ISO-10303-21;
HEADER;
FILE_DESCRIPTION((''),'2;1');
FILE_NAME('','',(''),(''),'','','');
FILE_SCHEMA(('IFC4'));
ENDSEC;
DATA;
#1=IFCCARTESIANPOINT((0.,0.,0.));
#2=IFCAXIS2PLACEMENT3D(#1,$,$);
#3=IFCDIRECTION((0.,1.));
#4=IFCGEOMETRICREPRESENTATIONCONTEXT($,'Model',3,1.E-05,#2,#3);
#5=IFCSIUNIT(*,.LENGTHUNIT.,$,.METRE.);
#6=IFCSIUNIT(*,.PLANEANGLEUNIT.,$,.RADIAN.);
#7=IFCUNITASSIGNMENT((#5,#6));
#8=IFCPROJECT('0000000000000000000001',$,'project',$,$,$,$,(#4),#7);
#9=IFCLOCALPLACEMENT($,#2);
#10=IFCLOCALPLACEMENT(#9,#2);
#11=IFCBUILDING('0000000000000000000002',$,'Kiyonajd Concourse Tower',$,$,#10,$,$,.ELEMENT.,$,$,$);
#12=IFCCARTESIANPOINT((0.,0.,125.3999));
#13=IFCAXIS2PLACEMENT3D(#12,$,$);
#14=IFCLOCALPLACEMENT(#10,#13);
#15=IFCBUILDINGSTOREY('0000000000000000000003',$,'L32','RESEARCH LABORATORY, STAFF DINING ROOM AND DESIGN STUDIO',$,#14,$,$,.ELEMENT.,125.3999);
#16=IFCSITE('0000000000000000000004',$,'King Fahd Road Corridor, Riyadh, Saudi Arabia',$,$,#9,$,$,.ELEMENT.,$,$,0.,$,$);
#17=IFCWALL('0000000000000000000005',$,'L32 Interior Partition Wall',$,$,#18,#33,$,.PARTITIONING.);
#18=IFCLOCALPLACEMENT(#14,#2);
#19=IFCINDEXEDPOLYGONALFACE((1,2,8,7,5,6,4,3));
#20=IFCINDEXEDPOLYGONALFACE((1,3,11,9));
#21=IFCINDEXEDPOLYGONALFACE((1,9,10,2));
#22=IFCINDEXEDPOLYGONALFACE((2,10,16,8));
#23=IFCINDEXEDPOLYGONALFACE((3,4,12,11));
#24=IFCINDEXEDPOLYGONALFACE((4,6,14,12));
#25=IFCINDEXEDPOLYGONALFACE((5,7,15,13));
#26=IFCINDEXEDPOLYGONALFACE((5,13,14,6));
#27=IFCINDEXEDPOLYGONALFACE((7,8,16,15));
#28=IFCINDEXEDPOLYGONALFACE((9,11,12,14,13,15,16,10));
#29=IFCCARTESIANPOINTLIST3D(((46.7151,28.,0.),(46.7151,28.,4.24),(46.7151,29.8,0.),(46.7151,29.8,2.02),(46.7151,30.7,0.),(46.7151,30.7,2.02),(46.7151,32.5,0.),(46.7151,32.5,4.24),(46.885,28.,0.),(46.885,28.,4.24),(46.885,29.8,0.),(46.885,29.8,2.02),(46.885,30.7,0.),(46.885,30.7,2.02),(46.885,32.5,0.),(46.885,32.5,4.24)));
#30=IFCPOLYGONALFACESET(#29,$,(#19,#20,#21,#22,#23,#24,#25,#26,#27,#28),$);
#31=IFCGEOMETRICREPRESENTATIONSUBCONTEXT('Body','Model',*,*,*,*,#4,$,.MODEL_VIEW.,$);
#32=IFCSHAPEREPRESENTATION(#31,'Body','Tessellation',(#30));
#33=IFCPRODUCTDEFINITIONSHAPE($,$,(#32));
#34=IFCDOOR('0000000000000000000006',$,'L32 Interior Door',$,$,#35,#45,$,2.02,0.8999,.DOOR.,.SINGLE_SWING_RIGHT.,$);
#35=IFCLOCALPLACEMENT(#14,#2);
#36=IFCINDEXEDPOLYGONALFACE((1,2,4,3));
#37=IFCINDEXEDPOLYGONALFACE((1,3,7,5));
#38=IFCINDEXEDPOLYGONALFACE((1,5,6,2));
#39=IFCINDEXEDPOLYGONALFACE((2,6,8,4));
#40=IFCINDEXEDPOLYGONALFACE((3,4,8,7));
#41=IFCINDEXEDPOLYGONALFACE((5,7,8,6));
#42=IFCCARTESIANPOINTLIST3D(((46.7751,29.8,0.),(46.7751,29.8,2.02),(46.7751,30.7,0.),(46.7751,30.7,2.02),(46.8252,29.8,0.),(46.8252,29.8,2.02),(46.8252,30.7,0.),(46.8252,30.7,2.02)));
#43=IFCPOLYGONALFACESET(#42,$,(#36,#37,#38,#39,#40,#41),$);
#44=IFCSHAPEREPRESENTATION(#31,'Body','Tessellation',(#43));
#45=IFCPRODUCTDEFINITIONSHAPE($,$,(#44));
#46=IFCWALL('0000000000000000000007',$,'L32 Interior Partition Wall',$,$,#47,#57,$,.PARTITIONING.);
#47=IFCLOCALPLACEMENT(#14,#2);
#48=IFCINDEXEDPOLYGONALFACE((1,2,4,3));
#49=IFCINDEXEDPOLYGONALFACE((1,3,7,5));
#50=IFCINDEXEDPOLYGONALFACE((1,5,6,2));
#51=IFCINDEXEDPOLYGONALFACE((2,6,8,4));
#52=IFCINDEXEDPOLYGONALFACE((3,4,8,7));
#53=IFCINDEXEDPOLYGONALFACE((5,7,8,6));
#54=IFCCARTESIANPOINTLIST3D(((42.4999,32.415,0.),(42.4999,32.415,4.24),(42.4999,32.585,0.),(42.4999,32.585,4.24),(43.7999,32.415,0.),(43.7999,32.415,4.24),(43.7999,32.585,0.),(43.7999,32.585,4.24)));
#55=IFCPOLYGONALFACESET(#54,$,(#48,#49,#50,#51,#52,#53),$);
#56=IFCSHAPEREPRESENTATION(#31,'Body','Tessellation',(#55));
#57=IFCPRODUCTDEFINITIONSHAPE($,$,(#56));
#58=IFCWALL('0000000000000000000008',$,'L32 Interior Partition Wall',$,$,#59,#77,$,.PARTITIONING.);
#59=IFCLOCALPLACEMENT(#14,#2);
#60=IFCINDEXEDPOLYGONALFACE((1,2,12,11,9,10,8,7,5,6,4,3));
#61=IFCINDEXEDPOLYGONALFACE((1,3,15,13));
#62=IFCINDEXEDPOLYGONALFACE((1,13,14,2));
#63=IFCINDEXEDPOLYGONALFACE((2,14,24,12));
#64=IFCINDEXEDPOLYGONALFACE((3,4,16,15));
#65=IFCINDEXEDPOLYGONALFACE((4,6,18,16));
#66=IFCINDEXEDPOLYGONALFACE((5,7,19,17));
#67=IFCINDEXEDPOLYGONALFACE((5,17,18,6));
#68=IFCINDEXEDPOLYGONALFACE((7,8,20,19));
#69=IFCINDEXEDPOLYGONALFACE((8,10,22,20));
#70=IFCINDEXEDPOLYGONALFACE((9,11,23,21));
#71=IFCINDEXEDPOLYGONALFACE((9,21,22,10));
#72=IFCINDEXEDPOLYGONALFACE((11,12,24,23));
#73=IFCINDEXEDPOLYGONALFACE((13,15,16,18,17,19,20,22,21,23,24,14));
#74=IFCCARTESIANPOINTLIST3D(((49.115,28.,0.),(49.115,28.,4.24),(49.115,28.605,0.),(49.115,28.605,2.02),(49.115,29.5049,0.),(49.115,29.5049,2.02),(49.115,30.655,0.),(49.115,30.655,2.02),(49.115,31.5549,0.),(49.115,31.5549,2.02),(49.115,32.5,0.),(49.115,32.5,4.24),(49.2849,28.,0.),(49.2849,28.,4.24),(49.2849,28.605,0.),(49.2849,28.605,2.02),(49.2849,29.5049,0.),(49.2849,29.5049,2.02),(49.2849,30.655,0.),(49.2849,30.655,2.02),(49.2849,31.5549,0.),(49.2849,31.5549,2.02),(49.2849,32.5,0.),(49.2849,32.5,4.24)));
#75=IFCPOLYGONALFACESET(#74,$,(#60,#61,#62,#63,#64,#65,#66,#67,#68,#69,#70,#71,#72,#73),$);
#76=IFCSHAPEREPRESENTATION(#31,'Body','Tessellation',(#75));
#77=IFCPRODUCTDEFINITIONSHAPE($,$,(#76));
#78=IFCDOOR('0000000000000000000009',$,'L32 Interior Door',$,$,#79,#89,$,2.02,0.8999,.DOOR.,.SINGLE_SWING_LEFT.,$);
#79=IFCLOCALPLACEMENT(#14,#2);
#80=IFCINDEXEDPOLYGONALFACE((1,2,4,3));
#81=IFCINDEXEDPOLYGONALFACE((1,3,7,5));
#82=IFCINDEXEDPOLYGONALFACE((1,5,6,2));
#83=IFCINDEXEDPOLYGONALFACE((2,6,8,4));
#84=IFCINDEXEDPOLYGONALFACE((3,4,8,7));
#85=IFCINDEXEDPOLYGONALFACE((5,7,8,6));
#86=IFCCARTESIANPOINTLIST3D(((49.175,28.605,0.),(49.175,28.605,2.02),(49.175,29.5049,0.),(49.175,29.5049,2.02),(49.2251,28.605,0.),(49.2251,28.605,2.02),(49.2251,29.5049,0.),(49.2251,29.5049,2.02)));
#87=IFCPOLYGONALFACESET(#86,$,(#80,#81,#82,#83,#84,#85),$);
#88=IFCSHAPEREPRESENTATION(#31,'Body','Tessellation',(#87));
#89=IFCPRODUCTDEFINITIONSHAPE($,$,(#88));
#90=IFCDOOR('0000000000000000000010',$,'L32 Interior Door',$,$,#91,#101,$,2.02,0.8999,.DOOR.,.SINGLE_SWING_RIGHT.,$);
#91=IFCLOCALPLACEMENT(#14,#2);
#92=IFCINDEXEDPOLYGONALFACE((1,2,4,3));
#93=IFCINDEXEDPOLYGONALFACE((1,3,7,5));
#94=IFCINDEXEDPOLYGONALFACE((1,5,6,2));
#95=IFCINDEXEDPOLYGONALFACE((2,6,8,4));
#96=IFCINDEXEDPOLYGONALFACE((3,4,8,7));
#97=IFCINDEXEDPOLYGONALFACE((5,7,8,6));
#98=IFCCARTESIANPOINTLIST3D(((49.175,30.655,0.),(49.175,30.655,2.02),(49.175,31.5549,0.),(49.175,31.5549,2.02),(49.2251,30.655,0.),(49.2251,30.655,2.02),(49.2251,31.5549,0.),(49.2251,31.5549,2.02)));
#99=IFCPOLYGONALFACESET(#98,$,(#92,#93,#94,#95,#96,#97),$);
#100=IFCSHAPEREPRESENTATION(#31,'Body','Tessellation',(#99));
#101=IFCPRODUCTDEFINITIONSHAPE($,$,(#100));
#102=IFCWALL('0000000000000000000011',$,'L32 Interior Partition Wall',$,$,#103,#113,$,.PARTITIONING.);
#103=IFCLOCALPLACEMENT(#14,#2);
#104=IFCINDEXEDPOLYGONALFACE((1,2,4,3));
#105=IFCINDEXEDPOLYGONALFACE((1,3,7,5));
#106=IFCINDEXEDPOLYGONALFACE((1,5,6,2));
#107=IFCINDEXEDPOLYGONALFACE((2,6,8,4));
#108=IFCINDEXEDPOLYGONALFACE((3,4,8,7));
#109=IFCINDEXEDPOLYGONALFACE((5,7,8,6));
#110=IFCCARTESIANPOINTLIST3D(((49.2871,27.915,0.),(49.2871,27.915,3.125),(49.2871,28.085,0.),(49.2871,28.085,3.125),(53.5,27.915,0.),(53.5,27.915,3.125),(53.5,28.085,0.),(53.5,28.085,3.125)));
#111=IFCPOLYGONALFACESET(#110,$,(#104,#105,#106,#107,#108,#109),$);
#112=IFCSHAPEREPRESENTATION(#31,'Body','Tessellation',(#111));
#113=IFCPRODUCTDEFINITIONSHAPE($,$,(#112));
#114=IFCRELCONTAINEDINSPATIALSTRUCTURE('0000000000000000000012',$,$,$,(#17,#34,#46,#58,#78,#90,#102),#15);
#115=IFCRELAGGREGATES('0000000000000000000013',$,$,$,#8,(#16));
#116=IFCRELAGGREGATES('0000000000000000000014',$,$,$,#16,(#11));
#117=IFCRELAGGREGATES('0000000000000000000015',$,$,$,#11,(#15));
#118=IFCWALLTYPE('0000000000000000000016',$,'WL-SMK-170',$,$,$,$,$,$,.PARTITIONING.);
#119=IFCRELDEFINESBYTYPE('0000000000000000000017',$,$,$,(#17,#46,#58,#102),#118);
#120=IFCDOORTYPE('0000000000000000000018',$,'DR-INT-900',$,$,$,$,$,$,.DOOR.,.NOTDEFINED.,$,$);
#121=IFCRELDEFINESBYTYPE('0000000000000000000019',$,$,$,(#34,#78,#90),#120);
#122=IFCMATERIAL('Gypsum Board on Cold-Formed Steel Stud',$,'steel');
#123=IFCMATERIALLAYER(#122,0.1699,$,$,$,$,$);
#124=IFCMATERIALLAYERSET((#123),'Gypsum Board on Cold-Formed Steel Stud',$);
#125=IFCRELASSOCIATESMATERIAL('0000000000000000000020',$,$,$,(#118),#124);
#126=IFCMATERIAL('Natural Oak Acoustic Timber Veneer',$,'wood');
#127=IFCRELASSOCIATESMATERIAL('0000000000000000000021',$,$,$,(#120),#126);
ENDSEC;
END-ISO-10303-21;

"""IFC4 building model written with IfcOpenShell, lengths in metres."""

from ifc_helpers import new_model, si_unit, direction, frame, frame_2d, origin, place, context, subcontext, project, spatial, rectangle, extrude, material, layer, layer_set, type_object, element, fill, save


model = new_model("IFC4")

# Units and contexts
model_context = context("Model", 3, precision=1e-05, world=origin(), true_north=direction((0.0, 1.0)))
body_context = subcontext(model_context, "Body", "Model", "MODEL_VIEW")
ifc_project = project(units=[si_unit("LENGTHUNIT", "METRE"), si_unit("PLANEANGLEUNIT", "RADIAN")], contexts=[model_context])

# Site, building, storey
site_placement = place(None, origin())
site = spatial("IfcSite", under=ifc_project, at=site_placement, Name="King Fahd Road Corridor, Riyadh, Saudi Arabia", CompositionType="ELEMENT", RefElevation=0.0)
building_placement = place(site_placement, origin())
building = spatial("IfcBuilding", under=site, at=building_placement, Name="Kiyonajd Concourse Tower", CompositionType="ELEMENT")
storey_placement = place(building_placement, frame((0.0, 0.0, 125.3999)))
storey = spatial("IfcBuildingStorey", under=building, at=storey_placement, Name="L32", Description="RESEARCH LABORATORY, STAFF DINING ROOM AND DESIGN STUDIO", CompositionType="ELEMENT", Elevation=125.3999)

# Shared definitions
ifc_material_1 = material(Name="Gypsum Board on Cold-Formed Steel Stud", Category="steel")

# Shared definitions
ifc_layer_1 = layer(ifc_material_1, 0.1699)
ifc_layer_set_1 = layer_set([ifc_layer_1], Name="Gypsum Board on Cold-Formed Steel Stud")
wall_type_1 = type_object("IfcWallType", Name="WL-SMK-170", PredefinedType="PARTITIONING", material=ifc_layer_set_1)
ifc_material_2 = material(Name="Natural Oak Acoustic Timber Veneer", Category="wood")
door_type = type_object("IfcDoorType", Name="DR-INT-900", OperationType="NOTDEFINED", PredefinedType="DOOR", material=ifc_material_2)

# Wall, opening, door
wall_1_placement = place(storey_placement, frame((46.8, 28.0, 0.0), z_axis=(0.0, 0.0, 1.0), x_axis=(0.0, 1.0, 0.0)))
wall_1 = element("IfcWall", 1, at=wall_1_placement, inside=storey, type_object=wall_type_1, Name="L32 Interior Partition Wall", PredefinedType="PARTITIONING", context=body_context, shape_type="SweptSolid", body=[
    extrude(rectangle(XDim=4.5, YDim=0.1699, at=frame_2d((2.25, 0.0))), origin(), (0.0, 0.0, 1.0), 4.24),
])
opening_1_placement = place(wall_1_placement, frame((1.8, 0.0, 0.0)))
opening_1 = element("IfcOpeningElement", 2, at=opening_1_placement, cuts=wall_1, PredefinedType="OPENING", context=body_context, shape_type="SweptSolid", body=[
    extrude(rectangle(XDim=0.8999, YDim=2.02, at=frame_2d((0.45, 1.01))), frame((0.0, 0.095, 0.0), z_axis=(0.0, -1.0, 0.0), x_axis=(1.0, 0.0, 0.0)), (0.0, 0.0, 1.0), 0.1899),
])
door_1_placement = place(opening_1_placement, origin())
door_1 = element("IfcDoor", 3, at=door_1_placement, inside=storey, type_object=door_type, Name="L32 Interior Door", OperationType="SINGLE_SWING_RIGHT", OverallHeight=2.02, OverallWidth=0.8999, PredefinedType="DOOR", context=body_context, shape_type="SweptSolid", body=[
    extrude(rectangle(XDim=0.8999, YDim=2.02, at=frame_2d((0.45, 1.01))), frame((0.0, 0.0249, 0.0), z_axis=(0.0, -1.0, 0.0), x_axis=(1.0, 0.0, 0.0)), (0.0, 0.0, 1.0), 0.05),
])
fill(opening_1, door_1)

# Wall
wall_2_placement = place(storey_placement, frame((42.5, 32.5, 0.0), z_axis=(0.0, 0.0, 1.0), x_axis=(1.0, 0.0, 0.0)))
element("IfcWall", 4, at=wall_2_placement, inside=storey, type_object=wall_type_1, Name="L32 Interior Partition Wall", PredefinedType="PARTITIONING", context=body_context, shape_type="SweptSolid", body=[
    extrude(rectangle(XDim=1.3, YDim=0.1699, at=frame_2d((0.6499, 0.0))), origin(), (0.0, 0.0, 1.0), 4.24),
])

# Wall, openings, doors
wall_3_placement = place(storey_placement, frame((49.2, 28.0, 0.0), z_axis=(0.0, 0.0, 1.0), x_axis=(0.0, 1.0, 0.0)))
wall_3 = element("IfcWall", 5, at=wall_3_placement, inside=storey, type_object=wall_type_1, Name="L32 Interior Partition Wall", PredefinedType="PARTITIONING", context=body_context, shape_type="SweptSolid", body=[
    extrude(rectangle(XDim=4.5, YDim=0.1699, at=frame_2d((2.25, 0.0))), origin(), (0.0, 0.0, 1.0), 4.24),
])
opening_2_placement = place(wall_3_placement, frame((0.605, 0.0, 0.0)))
opening_2 = element("IfcOpeningElement", 6, at=opening_2_placement, cuts=wall_3, PredefinedType="OPENING", context=body_context, shape_type="SweptSolid", body=[
    extrude(rectangle(XDim=0.8999, YDim=2.02, at=frame_2d((0.45, 1.01))), frame((0.0, 0.095, 0.0), z_axis=(0.0, -1.0, 0.0), x_axis=(1.0, 0.0, 0.0)), (0.0, 0.0, 1.0), 0.1899),
])
opening_3_placement = place(wall_3_placement, frame((2.655, 0.0, 0.0)))
opening_3 = element("IfcOpeningElement", 7, at=opening_3_placement, cuts=wall_3, PredefinedType="OPENING", context=body_context, shape_type="SweptSolid", body=[
    extrude(rectangle(XDim=0.8999, YDim=2.02, at=frame_2d((0.45, 1.01))), frame((0.0, 0.095, 0.0), z_axis=(0.0, -1.0, 0.0), x_axis=(1.0, 0.0, 0.0)), (0.0, 0.0, 1.0), 0.1899),
])
door_2_placement = place(opening_2_placement, origin())
door_2 = element("IfcDoor", 8, at=door_2_placement, inside=storey, type_object=door_type, Name="L32 Interior Door", OperationType="SINGLE_SWING_LEFT", OverallHeight=2.02, OverallWidth=0.8999, PredefinedType="DOOR", context=body_context, shape_type="SweptSolid", body=[
    extrude(rectangle(XDim=0.8999, YDim=2.02, at=frame_2d((0.45, 1.01))), frame((0.0, 0.0249, 0.0), z_axis=(0.0, -1.0, 0.0), x_axis=(1.0, 0.0, 0.0)), (0.0, 0.0, 1.0), 0.05),
])
fill(opening_2, door_2)
door_3_placement = place(opening_3_placement, origin())
door_3 = element("IfcDoor", 9, at=door_3_placement, inside=storey, type_object=door_type, Name="L32 Interior Door", OperationType="SINGLE_SWING_RIGHT", OverallHeight=2.02, OverallWidth=0.8999, PredefinedType="DOOR", context=body_context, shape_type="SweptSolid", body=[
    extrude(rectangle(XDim=0.8999, YDim=2.02, at=frame_2d((0.45, 1.01))), frame((0.0, 0.0249, 0.0), z_axis=(0.0, -1.0, 0.0), x_axis=(1.0, 0.0, 0.0)), (0.0, 0.0, 1.0), 0.05),
])
fill(opening_3, door_3)

# Wall
wall_4_placement = place(storey_placement, frame((49.2871, 28.0, 0.0), z_axis=(0.0, 0.0, 1.0), x_axis=(1.0, 0.0, 0.0)))
element("IfcWall", 10, at=wall_4_placement, inside=storey, type_object=wall_type_1, Name="L32 Interior Partition Wall", PredefinedType="PARTITIONING", context=body_context, shape_type="SweptSolid", body=[
    extrude(rectangle(XDim=4.2129, YDim=0.1699, at=frame_2d((2.1064, 0.0))), origin(), (0.0, 0.0, 1.0), 3.125),
])

save(model, "model.ifc")
